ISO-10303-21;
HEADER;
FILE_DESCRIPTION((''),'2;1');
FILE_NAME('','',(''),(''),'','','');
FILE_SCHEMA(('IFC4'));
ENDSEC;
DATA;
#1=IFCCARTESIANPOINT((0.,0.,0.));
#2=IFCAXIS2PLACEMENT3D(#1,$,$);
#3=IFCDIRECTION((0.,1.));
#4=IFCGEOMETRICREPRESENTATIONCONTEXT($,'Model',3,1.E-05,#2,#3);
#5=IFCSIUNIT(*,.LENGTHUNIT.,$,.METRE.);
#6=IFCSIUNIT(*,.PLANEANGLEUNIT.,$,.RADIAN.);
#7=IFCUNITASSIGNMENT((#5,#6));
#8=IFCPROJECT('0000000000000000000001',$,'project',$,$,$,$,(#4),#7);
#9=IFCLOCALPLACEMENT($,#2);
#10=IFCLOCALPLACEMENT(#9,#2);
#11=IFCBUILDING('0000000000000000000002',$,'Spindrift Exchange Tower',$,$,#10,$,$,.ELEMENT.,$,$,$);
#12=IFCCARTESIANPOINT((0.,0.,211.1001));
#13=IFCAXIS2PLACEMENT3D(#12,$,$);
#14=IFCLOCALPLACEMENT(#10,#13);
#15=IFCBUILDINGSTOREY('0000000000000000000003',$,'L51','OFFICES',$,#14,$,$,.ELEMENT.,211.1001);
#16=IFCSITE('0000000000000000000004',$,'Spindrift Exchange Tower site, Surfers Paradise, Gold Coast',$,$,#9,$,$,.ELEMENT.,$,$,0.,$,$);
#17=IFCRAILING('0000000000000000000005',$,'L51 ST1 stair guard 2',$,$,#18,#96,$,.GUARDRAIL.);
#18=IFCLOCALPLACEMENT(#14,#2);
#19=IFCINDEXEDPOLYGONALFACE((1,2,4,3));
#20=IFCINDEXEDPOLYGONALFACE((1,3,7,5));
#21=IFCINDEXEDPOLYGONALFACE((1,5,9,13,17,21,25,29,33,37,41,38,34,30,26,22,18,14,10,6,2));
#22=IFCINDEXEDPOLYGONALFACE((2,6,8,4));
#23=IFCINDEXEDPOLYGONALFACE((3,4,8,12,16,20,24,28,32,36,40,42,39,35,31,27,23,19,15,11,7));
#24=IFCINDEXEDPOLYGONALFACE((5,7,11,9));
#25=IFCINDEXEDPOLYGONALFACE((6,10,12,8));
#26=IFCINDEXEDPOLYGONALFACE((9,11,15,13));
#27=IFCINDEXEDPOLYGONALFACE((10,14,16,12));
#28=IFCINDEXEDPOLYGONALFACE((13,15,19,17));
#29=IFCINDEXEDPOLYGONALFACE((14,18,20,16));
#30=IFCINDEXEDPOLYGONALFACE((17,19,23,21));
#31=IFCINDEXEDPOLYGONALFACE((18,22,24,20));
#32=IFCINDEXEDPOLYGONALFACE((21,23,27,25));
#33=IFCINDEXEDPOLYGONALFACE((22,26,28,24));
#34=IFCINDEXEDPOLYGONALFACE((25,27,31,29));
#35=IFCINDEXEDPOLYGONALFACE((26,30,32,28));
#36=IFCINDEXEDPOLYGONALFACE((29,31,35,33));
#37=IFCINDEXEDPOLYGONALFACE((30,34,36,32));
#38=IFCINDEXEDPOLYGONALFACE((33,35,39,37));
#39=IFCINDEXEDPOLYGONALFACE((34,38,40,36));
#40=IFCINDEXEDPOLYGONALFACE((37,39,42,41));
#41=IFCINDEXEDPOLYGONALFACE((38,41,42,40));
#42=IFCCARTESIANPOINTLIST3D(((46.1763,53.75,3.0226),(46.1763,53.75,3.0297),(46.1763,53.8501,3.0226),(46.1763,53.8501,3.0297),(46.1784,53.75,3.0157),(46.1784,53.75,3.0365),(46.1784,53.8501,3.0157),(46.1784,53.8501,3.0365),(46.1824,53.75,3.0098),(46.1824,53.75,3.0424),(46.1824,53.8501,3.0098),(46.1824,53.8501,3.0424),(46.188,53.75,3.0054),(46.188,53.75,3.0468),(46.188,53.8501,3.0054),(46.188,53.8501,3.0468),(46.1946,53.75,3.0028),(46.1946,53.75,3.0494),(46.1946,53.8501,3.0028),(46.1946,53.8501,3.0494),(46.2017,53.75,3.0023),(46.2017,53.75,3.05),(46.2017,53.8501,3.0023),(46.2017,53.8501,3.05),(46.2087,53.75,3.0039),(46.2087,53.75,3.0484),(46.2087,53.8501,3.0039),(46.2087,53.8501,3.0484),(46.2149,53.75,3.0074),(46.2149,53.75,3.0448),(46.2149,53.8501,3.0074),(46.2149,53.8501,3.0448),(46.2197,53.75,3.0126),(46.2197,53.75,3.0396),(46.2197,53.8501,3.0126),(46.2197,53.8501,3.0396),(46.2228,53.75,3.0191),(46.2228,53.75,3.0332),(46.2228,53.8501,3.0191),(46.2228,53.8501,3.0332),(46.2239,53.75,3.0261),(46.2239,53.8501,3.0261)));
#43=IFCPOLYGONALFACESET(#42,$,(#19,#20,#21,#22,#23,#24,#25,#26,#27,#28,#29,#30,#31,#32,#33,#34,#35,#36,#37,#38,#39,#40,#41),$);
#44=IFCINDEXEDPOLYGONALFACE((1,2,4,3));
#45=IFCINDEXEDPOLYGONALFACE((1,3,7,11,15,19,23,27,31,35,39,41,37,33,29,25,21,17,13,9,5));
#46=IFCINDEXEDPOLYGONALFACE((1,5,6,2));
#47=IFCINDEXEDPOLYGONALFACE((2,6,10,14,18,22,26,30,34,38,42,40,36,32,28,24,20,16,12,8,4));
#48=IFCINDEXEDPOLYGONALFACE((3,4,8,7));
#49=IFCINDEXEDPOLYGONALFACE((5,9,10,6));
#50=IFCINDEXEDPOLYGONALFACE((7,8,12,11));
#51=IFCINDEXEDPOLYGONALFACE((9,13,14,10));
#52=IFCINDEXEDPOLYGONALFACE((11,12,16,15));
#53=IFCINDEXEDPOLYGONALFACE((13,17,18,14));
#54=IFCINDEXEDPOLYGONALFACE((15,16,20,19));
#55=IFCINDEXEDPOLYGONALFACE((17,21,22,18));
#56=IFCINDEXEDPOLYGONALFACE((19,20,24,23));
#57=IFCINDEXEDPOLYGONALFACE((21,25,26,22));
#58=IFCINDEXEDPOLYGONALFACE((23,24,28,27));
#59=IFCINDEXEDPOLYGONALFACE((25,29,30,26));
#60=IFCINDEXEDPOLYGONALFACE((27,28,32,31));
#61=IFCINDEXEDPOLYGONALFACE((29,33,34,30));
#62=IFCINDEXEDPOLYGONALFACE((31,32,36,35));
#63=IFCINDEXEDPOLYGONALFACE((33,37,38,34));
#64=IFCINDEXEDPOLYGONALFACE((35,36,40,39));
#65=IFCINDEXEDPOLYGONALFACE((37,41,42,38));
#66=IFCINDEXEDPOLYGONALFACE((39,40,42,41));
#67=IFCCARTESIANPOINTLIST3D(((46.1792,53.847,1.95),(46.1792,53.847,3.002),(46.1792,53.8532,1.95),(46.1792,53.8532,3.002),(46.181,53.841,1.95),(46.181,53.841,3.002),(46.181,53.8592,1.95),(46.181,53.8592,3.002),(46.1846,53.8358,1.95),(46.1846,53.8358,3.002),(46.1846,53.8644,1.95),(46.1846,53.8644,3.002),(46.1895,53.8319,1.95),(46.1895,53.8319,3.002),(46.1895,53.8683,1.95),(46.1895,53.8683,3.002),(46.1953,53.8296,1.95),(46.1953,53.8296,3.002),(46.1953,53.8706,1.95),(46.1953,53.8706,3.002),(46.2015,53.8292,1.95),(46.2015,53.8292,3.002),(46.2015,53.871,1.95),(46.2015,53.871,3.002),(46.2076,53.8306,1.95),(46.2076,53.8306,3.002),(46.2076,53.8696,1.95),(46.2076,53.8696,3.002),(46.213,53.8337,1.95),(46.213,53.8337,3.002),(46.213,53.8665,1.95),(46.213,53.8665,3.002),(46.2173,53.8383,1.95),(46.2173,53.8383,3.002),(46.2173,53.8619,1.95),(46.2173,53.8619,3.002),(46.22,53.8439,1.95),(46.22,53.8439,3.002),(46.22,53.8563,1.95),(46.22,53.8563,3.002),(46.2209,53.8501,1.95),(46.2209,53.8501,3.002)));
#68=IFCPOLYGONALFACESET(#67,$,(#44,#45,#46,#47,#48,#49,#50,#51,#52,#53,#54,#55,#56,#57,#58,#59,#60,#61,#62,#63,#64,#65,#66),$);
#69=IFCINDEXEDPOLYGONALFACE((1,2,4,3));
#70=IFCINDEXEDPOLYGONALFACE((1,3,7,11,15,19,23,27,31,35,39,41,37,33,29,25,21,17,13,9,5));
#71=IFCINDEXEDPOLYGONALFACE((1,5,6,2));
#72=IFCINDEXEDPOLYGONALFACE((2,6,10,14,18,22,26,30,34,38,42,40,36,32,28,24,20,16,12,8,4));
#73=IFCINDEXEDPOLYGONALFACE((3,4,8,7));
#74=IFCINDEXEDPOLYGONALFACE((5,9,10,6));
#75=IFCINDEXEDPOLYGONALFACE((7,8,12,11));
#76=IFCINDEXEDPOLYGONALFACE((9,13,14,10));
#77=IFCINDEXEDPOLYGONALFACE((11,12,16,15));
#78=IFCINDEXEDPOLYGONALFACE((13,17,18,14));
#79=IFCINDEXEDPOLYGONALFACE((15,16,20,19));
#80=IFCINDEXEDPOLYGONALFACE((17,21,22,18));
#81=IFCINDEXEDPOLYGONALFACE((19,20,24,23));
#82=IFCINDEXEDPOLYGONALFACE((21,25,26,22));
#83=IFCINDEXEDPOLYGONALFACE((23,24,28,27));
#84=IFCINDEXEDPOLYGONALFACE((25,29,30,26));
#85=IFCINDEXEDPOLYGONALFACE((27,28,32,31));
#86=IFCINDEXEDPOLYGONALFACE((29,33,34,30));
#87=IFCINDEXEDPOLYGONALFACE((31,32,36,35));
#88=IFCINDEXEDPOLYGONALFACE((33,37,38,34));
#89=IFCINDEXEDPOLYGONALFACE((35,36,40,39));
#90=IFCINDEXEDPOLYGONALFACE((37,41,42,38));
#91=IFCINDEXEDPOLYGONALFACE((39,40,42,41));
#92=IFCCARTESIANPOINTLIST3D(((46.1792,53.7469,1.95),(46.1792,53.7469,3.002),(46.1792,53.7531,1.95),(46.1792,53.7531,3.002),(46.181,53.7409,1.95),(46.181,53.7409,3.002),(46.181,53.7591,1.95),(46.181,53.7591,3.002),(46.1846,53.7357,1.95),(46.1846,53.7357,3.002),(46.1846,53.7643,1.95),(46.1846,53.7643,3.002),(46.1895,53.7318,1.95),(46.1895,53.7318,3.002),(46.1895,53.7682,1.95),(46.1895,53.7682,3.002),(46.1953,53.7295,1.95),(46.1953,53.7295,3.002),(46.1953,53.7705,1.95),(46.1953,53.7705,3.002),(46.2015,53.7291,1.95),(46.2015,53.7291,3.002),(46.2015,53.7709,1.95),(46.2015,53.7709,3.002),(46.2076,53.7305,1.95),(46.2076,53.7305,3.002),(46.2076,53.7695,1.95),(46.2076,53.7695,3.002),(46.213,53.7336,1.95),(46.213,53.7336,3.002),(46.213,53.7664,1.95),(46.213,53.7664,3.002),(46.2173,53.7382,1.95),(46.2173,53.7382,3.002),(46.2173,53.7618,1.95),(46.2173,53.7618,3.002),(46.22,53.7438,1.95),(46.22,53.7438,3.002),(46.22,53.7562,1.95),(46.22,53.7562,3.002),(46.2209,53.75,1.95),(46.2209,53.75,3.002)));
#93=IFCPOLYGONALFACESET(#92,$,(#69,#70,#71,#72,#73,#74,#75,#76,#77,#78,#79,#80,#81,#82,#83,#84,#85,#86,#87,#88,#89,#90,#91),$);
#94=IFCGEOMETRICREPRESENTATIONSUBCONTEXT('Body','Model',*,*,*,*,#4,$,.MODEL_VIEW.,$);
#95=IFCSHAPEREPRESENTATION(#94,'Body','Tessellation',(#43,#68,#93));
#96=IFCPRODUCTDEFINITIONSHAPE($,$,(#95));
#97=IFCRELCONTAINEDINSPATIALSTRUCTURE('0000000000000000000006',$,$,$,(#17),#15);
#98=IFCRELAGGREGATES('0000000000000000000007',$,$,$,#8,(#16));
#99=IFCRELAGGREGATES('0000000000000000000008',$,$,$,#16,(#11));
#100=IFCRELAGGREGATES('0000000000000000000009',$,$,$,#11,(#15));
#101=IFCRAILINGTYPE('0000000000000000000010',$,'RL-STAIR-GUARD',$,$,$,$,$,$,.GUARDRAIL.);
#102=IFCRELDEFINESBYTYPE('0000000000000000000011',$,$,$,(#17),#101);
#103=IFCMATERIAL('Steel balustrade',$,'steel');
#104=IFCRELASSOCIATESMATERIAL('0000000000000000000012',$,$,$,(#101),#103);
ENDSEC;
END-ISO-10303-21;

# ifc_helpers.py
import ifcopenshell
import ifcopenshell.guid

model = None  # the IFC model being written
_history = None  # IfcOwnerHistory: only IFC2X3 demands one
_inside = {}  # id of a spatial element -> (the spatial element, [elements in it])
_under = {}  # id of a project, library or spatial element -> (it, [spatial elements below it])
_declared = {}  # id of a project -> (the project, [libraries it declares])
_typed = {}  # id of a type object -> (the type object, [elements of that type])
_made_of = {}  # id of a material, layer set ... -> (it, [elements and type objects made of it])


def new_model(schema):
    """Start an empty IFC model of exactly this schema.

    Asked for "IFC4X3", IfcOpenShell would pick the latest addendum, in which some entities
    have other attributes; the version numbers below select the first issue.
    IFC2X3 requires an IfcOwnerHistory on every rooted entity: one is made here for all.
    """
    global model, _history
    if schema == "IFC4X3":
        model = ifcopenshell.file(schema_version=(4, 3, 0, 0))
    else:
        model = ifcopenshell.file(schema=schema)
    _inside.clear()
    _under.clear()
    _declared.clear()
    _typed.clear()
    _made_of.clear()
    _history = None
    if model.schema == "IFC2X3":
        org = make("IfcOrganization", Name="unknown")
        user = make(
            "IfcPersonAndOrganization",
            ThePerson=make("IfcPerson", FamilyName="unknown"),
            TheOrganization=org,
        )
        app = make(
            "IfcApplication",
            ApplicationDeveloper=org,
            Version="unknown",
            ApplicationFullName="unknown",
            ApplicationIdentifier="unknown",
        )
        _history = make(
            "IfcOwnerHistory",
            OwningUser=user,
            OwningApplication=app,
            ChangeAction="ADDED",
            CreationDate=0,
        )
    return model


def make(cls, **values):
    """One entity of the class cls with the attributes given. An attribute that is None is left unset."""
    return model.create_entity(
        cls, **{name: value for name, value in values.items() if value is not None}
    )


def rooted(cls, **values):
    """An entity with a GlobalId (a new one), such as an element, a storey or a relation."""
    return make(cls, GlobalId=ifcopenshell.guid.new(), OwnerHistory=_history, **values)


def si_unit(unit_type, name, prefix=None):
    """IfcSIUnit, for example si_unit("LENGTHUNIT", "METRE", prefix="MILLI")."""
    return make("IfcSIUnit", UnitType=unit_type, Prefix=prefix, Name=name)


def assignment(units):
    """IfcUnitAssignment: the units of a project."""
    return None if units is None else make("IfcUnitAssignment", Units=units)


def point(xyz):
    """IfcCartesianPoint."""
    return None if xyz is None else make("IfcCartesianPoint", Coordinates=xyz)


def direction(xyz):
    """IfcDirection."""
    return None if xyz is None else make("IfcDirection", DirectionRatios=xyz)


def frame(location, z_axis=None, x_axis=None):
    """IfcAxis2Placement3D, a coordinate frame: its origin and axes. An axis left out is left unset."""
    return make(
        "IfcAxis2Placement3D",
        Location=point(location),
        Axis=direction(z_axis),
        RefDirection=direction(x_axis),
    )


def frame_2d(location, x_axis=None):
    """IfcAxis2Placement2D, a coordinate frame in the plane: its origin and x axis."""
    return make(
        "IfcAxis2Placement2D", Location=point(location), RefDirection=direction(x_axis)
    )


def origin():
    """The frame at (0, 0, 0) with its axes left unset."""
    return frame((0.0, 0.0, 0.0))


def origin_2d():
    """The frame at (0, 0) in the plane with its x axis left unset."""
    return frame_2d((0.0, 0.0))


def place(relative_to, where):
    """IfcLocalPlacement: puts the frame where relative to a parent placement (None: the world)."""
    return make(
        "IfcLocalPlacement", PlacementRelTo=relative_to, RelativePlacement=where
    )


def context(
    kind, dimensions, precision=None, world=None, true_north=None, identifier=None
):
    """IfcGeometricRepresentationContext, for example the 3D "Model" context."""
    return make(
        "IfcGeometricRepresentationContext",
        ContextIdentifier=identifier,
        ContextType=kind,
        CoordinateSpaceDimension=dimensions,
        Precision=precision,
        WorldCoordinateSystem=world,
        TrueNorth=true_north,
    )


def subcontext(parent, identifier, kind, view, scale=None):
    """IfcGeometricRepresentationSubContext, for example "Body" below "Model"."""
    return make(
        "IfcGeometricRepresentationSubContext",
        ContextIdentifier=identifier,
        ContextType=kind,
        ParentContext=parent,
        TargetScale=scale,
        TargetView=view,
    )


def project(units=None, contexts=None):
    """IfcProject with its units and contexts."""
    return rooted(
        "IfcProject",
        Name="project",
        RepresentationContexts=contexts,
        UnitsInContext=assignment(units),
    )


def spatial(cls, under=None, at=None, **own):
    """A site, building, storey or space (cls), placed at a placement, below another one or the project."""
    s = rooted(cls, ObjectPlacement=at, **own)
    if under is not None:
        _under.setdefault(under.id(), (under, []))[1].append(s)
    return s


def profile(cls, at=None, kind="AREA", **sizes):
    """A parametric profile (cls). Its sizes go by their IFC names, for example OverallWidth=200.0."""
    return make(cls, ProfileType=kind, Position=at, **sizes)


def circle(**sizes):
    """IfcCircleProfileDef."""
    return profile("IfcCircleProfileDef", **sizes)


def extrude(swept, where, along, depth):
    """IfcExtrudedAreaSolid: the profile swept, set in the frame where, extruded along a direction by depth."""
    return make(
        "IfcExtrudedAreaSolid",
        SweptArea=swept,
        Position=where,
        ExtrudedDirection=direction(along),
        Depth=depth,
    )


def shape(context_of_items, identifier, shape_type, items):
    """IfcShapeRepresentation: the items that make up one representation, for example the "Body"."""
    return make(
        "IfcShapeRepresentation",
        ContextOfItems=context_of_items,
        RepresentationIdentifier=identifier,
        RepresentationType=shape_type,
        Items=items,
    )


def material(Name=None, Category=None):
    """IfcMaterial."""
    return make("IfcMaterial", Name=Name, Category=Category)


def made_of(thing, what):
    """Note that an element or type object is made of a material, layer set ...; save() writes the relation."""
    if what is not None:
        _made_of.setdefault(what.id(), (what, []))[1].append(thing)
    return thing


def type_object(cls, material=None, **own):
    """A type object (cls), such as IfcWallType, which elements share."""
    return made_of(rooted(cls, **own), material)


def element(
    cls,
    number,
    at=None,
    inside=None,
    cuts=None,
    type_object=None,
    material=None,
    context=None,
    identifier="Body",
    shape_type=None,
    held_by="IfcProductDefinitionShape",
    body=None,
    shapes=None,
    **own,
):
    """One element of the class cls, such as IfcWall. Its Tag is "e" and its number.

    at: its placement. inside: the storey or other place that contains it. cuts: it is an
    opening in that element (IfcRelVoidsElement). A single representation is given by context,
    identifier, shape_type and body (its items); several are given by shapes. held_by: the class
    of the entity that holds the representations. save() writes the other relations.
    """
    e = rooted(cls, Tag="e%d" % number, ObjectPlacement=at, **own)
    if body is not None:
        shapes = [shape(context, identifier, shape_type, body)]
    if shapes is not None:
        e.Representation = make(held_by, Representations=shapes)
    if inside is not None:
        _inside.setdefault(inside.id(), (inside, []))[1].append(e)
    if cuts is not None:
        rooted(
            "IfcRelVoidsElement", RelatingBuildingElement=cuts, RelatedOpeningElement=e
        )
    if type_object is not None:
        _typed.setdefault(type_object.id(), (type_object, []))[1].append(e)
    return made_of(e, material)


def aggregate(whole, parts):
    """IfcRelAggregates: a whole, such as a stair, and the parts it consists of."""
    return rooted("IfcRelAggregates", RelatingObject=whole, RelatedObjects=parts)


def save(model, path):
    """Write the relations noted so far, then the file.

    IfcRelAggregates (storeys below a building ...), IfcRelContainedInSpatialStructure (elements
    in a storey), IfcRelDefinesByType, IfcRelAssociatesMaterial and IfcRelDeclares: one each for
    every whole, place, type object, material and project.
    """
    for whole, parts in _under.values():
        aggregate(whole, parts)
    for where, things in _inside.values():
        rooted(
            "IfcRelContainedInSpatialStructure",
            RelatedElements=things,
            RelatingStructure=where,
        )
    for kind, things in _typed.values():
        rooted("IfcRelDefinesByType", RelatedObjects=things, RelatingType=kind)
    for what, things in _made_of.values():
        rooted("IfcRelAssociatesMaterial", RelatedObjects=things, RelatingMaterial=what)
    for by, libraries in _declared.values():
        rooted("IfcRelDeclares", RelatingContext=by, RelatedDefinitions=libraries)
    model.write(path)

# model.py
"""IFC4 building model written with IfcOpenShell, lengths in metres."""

from ifc_helpers import new_model, si_unit, direction, frame, origin, origin_2d, place, context, subcontext, project, spatial, circle, extrude, material, type_object, element, save


model = new_model("IFC4")

# Units and contexts
model_context = context("Model", 3, precision=1e-05, world=origin(), true_north=direction((0.0, 1.0)))
body_context = subcontext(model_context, "Body", "Model", "MODEL_VIEW")
ifc_project = project(units=[si_unit("LENGTHUNIT", "METRE"), si_unit("PLANEANGLEUNIT", "RADIAN")], contexts=[model_context])

# Site, building, storey
site_placement = place(None, origin())
site = spatial("IfcSite", under=ifc_project, at=site_placement, Name="Spindrift Exchange Tower site, Surfers Paradise, Gold Coast", CompositionType="ELEMENT", RefElevation=0.0)
building_placement = place(site_placement, origin())
building = spatial("IfcBuilding", under=site, at=building_placement, Name="Spindrift Exchange Tower", CompositionType="ELEMENT")
storey_placement = place(building_placement, frame((0.0, 0.0, 211.1001)))
storey = spatial("IfcBuildingStorey", under=building, at=storey_placement, Name="L51", Description="OFFICES", CompositionType="ELEMENT", Elevation=211.1001)

# Railing
ifc_material_1 = material(Name="Steel balustrade", Category="steel")
railing_type_1 = type_object("IfcRailingType", Name="RL-STAIR-GUARD", PredefinedType="GUARDRAIL", material=ifc_material_1)
railing_1_placement = place(storey_placement, frame((46.2, 53.8501, 1.95)))
element("IfcRailing", 1, at=railing_1_placement, inside=storey, type_object=railing_type_1, Name="L51 ST1 stair guard 2", PredefinedType="GUARDRAIL", context=body_context, shape_type="SweptSolid", body=[
    extrude(circle(Radius=0.0239, at=origin_2d()), frame((0.0, 0.0, 1.0762), z_axis=(0.0, -1.0, 0.0), x_axis=(1.0, 0.0, 0.0)), (0.0, 0.0, 1.0), 0.1001),
    extrude(circle(Radius=0.021, at=origin_2d()), origin(), (0.0, 0.0, 1.0), 1.052),
    extrude(circle(Radius=0.021, at=origin_2d()), frame((0.0, -0.1001, 0.0)), (0.0, 0.0, 1.0), 1.052),
])

save(model, "model.ifc")
